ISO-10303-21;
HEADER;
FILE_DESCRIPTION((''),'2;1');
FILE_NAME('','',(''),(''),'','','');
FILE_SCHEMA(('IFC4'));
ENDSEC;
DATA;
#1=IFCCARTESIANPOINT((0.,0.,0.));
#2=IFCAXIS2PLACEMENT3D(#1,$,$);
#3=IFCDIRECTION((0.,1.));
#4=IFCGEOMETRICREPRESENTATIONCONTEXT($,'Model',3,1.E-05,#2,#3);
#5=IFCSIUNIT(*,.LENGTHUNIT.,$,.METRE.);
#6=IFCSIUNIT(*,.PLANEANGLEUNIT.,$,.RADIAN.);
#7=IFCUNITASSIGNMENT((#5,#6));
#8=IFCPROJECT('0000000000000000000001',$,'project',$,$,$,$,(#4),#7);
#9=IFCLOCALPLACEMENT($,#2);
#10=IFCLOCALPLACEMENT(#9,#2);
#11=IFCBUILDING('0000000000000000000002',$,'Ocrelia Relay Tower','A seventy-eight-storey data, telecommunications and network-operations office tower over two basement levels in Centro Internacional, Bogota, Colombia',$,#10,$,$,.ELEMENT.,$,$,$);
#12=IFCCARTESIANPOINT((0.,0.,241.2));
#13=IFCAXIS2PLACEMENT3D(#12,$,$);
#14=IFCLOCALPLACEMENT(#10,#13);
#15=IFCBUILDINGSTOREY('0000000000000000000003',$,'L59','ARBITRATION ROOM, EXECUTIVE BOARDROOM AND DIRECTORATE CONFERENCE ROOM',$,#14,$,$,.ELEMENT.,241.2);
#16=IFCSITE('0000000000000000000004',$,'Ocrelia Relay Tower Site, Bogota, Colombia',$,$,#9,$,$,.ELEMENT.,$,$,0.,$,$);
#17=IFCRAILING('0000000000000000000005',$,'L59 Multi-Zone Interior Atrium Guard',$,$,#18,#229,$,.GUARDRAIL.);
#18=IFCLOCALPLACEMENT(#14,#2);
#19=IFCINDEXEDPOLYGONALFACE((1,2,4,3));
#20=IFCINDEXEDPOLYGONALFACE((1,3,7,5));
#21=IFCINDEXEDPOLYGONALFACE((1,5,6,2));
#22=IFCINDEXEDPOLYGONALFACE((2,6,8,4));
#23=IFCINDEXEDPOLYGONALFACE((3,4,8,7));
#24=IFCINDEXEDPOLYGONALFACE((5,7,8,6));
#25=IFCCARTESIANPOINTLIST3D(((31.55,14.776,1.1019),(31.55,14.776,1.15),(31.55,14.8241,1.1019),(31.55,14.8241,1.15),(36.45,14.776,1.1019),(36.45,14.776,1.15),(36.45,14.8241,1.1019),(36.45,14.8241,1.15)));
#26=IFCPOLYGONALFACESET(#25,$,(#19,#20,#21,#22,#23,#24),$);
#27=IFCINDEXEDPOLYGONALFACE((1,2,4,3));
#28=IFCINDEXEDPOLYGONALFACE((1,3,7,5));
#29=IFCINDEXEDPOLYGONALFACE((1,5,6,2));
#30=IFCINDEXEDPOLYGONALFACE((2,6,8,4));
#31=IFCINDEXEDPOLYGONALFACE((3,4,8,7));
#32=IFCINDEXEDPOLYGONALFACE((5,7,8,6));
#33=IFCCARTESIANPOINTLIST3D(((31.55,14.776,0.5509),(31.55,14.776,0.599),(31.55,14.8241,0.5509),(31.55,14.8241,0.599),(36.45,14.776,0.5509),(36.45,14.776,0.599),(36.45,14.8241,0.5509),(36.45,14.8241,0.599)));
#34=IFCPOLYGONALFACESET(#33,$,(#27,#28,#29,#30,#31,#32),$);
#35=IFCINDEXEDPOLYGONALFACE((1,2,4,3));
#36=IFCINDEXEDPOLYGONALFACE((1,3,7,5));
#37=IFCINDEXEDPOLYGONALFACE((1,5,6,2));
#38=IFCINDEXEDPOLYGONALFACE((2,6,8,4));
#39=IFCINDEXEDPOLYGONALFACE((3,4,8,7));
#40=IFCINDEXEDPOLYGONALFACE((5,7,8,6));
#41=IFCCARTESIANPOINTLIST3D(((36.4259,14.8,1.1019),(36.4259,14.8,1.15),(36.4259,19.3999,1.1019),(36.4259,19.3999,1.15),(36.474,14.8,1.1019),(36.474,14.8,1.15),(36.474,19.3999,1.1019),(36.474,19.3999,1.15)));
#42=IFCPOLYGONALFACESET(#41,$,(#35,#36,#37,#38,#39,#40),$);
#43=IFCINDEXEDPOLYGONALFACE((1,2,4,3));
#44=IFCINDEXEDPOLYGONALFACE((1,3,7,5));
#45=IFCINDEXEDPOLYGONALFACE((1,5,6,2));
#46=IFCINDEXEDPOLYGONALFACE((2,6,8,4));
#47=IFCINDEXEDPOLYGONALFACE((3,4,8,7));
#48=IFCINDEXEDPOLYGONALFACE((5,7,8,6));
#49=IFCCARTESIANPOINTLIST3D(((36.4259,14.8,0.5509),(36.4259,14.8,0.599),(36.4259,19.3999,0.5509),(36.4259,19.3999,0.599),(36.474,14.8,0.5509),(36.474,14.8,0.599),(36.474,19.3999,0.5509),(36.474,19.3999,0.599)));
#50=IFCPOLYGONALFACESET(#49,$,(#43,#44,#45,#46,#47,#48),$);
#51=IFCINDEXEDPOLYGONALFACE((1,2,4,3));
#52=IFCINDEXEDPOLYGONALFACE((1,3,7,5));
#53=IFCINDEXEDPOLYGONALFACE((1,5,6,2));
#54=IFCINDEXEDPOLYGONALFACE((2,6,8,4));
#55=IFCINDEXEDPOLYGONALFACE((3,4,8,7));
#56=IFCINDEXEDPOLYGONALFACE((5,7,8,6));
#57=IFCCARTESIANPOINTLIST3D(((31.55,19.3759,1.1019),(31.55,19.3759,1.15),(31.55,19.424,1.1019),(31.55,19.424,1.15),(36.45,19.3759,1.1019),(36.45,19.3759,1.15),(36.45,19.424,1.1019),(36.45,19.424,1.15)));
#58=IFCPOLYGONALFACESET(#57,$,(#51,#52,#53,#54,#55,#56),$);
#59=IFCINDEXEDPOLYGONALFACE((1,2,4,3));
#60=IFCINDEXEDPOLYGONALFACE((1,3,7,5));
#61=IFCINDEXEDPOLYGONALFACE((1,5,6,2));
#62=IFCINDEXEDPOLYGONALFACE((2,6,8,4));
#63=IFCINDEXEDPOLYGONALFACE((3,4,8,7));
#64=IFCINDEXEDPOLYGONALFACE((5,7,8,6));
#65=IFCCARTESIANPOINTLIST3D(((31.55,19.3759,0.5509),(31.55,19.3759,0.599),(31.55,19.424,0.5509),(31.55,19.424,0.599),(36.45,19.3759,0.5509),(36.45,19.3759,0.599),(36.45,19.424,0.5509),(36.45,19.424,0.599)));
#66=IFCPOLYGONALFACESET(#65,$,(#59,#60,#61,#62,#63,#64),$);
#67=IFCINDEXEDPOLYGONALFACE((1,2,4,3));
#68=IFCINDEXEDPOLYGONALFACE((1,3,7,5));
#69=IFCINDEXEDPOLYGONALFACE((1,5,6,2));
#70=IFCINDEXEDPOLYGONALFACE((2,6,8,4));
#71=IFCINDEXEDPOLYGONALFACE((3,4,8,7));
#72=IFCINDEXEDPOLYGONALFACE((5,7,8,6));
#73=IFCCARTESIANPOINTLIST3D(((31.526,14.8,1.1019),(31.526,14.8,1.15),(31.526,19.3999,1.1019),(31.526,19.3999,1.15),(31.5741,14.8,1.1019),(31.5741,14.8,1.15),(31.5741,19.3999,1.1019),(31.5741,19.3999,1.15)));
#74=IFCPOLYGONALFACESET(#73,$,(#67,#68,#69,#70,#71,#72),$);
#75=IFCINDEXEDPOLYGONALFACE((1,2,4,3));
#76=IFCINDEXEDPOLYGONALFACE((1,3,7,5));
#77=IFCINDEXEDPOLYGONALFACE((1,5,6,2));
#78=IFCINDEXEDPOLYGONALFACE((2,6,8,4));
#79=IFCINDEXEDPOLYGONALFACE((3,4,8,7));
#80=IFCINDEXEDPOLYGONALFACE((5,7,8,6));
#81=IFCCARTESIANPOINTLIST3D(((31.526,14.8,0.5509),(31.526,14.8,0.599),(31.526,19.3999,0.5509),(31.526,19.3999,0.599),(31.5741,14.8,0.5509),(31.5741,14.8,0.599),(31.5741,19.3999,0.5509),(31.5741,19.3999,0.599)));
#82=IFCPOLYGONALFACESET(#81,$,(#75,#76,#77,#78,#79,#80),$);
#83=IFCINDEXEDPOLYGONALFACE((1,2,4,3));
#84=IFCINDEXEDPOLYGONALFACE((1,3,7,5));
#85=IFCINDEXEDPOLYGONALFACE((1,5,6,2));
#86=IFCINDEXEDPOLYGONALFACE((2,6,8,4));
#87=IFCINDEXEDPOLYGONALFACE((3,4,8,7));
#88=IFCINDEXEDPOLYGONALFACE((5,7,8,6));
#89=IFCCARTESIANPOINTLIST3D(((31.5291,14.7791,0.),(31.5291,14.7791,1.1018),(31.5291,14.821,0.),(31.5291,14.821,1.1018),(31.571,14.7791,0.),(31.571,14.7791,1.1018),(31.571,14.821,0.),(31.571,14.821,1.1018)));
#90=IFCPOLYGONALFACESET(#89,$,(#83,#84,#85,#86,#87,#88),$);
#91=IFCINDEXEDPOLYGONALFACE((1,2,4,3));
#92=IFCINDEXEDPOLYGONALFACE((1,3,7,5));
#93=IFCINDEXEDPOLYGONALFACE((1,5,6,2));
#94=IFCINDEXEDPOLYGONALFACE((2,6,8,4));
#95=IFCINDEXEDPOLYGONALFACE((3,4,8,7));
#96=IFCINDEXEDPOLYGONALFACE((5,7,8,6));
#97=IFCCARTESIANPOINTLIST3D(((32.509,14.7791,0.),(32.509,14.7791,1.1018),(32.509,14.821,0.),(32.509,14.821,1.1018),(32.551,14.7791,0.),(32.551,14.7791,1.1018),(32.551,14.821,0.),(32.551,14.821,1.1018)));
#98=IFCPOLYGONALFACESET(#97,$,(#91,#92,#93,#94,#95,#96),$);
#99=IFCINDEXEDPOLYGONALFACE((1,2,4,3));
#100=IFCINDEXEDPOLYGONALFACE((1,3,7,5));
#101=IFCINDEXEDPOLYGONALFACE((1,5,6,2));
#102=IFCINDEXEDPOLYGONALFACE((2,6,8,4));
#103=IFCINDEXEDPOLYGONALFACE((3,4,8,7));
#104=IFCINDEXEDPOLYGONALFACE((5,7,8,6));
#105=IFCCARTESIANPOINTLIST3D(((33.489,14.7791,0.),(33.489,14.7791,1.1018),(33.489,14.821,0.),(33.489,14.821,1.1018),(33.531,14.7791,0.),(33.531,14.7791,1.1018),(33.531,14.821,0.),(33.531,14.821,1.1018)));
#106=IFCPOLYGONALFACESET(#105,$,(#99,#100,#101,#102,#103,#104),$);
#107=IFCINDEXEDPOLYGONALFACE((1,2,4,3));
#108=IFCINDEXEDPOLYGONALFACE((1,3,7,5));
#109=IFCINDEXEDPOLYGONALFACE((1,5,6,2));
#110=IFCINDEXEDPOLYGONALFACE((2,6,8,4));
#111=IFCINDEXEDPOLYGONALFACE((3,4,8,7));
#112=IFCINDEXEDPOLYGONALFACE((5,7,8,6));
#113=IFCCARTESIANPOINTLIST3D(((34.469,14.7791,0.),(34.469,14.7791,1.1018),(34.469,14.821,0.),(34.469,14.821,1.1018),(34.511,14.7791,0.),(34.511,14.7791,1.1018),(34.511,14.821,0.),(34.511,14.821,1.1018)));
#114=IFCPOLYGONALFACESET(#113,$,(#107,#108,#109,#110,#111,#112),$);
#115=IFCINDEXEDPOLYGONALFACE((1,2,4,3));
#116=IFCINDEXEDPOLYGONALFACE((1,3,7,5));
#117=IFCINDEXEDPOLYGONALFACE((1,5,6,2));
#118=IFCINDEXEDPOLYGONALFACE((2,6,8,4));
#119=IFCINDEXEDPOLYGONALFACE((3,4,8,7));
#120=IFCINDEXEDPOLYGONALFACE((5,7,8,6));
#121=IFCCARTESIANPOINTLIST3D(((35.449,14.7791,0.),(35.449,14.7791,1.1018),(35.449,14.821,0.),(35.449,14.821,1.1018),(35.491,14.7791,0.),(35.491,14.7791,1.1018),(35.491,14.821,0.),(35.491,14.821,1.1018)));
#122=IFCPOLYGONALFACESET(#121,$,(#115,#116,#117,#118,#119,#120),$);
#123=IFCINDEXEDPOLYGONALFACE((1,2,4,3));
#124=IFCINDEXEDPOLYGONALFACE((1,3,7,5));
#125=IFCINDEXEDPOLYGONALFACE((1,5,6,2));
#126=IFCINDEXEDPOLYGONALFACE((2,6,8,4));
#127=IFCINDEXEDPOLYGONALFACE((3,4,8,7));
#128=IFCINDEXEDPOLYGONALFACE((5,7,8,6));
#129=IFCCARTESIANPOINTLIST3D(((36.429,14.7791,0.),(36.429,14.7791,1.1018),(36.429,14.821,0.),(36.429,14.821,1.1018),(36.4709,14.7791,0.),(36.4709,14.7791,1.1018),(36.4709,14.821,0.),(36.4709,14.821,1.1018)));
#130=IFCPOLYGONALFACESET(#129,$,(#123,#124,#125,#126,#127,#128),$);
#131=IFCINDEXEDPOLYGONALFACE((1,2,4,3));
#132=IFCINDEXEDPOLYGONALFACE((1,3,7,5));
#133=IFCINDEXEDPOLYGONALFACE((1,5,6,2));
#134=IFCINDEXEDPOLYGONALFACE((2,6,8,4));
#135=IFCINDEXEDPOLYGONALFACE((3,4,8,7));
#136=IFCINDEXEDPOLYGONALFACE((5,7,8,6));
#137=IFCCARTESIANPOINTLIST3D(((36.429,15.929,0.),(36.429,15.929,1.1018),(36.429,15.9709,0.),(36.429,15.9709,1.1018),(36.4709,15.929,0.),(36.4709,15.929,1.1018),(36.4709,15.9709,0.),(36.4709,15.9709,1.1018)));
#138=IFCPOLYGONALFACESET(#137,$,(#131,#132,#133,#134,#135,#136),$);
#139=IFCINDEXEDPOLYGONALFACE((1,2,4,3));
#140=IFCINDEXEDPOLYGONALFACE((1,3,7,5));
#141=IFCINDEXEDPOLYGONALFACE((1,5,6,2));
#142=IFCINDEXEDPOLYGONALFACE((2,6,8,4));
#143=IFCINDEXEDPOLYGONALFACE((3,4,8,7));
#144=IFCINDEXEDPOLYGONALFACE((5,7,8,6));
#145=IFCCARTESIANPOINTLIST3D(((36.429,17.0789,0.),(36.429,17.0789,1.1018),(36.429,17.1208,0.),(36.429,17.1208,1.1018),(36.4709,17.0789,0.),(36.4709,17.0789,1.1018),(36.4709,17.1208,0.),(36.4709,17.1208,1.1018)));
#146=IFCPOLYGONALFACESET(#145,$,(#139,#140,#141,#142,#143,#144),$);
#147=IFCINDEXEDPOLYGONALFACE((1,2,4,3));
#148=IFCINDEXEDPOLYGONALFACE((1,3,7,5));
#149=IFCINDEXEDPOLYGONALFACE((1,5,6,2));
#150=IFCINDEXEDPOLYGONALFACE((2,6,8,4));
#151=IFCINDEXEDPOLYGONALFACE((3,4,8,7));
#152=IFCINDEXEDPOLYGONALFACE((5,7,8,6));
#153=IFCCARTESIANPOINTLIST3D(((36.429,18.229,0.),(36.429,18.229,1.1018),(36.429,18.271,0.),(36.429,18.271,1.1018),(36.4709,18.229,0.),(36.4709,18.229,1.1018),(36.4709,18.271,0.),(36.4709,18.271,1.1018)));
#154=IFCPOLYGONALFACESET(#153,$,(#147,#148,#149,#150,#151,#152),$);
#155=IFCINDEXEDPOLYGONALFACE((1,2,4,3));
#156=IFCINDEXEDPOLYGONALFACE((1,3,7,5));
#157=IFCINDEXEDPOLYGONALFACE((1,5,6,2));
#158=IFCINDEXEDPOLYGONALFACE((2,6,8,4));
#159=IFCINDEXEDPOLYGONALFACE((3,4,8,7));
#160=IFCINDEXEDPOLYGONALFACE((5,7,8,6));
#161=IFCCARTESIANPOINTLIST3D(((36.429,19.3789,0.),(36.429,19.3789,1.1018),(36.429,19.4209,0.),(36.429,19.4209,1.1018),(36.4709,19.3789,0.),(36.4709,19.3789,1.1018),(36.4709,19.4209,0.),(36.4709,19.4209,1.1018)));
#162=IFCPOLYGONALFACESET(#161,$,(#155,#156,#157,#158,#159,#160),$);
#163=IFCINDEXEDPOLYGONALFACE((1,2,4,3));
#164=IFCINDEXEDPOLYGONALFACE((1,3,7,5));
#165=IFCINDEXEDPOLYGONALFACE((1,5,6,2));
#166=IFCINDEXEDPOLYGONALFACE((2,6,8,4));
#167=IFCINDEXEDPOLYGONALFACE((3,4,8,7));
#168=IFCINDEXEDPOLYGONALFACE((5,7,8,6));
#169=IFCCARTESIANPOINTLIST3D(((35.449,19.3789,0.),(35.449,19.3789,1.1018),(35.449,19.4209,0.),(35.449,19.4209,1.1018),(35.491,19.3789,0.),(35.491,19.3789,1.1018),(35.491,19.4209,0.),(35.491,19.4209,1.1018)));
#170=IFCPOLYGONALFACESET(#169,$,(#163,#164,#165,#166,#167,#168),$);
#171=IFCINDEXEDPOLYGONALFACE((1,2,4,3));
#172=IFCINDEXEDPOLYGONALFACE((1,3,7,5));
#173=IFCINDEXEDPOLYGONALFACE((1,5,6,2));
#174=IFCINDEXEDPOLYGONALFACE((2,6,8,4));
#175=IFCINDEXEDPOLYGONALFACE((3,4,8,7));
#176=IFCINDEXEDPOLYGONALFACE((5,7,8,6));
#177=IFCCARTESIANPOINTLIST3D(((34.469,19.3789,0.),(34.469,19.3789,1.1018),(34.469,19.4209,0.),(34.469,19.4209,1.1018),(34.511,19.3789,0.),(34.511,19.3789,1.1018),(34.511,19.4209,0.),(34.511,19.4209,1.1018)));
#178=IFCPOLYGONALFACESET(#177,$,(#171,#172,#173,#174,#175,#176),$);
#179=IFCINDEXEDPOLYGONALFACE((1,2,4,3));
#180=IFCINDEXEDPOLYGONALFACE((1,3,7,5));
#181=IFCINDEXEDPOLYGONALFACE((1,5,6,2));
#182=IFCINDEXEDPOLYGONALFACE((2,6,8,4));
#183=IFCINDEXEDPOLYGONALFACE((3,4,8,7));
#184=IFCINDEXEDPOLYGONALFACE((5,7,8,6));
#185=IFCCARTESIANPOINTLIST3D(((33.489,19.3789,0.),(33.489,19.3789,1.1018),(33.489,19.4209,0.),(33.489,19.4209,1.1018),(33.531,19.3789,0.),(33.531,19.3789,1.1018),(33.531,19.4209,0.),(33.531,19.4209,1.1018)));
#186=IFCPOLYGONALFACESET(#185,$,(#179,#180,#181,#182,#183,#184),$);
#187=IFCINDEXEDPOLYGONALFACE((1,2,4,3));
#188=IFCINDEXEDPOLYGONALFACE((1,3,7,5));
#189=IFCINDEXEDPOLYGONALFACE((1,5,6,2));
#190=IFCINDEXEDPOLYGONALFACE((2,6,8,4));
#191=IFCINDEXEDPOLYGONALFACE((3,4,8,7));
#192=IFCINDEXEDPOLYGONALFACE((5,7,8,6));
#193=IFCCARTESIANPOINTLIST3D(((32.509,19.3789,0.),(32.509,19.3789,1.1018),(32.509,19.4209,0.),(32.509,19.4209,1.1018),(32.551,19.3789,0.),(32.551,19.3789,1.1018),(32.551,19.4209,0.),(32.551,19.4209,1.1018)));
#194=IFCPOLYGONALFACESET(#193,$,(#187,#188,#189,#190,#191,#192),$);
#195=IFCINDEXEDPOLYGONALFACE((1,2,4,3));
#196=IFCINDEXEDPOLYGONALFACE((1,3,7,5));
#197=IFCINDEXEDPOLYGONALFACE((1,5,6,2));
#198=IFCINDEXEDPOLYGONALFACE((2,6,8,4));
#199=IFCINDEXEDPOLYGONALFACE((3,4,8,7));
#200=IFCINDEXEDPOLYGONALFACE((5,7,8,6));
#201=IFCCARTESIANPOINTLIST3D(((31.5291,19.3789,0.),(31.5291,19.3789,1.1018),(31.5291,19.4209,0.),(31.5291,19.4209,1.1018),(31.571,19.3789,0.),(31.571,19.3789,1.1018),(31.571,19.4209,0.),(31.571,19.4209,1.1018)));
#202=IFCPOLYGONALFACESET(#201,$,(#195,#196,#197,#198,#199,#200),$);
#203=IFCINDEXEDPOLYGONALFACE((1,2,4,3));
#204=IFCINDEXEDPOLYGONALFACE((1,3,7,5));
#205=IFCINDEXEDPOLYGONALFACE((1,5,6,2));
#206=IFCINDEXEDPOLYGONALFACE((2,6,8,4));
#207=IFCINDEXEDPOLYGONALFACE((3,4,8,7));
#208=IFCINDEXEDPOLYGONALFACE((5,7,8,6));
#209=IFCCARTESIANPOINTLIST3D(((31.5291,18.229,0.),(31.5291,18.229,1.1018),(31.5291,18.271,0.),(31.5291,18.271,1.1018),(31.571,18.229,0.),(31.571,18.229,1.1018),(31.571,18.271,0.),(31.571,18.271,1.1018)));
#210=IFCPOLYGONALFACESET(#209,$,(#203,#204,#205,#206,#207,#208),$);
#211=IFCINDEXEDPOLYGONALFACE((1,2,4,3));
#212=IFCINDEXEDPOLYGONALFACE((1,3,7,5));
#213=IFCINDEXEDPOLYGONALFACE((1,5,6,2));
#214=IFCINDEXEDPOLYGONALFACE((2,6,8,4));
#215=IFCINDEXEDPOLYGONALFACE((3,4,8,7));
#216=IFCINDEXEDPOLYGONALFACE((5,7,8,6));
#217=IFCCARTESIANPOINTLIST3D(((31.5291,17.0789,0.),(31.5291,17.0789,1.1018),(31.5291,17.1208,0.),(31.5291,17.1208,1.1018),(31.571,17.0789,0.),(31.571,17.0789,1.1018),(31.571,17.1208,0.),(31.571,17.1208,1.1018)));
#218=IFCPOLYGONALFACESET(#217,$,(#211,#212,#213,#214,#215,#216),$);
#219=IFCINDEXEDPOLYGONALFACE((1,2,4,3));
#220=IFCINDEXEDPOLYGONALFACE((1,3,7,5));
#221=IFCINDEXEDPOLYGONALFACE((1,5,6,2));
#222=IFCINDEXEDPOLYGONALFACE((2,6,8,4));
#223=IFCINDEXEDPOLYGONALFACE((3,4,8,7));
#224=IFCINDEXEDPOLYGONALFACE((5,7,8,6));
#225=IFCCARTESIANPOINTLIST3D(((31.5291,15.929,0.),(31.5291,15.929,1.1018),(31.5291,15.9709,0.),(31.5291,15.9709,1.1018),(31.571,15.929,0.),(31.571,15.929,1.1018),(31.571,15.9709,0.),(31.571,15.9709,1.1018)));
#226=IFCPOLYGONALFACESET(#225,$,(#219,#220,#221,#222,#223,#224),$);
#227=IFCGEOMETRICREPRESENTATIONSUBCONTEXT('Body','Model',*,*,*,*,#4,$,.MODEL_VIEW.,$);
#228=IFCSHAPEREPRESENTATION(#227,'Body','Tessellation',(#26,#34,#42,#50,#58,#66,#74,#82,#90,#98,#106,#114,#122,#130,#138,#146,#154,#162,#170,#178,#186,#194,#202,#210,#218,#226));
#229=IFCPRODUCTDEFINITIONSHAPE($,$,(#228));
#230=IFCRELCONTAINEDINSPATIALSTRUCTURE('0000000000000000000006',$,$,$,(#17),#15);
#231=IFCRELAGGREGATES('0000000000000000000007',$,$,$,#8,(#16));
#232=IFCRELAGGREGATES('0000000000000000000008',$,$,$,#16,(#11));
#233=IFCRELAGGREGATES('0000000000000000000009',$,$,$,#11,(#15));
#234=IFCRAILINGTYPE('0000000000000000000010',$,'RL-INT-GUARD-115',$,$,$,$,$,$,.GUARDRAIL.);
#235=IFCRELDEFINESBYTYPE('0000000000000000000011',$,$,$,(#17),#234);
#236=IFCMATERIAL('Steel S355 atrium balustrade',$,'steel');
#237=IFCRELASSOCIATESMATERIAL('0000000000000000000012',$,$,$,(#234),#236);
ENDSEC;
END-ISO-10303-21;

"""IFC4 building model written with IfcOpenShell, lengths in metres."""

from ifc_helpers import new_model, si_unit, direction, frame, origin, origin_2d, place, context, subcontext, project, spatial, rectangle, extrude, material, type_object, element, save


model = new_model("IFC4")

# Units and contexts
model_context = context("Model", 3, precision=1e-05, world=origin(), true_north=direction((0.0, 1.0)))
body_context = subcontext(model_context, "Body", "Model", "MODEL_VIEW")
ifc_project = project(units=[si_unit("LENGTHUNIT", "METRE"), si_unit("PLANEANGLEUNIT", "RADIAN")], contexts=[model_context])

# Site, building, storey
site_placement = place(None, origin())
site = spatial("IfcSite", under=ifc_project, at=site_placement, Name="Ocrelia Relay Tower Site, Bogota, Colombia", CompositionType="ELEMENT", RefElevation=0.0)
building_placement = place(site_placement, origin())
building = spatial("IfcBuilding", under=site, at=building_placement, Name="Ocrelia Relay Tower", Description="A seventy-eight-storey data, telecommunications and network-operations office tower over two basement levels in Centro Internacional, Bogota, Colombia", CompositionType="ELEMENT")
storey_placement = place(building_placement, frame((0.0, 0.0, 241.2)))
storey = spatial("IfcBuildingStorey", under=building, at=storey_placement, Name="L59", Description="ARBITRATION ROOM, EXECUTIVE BOARDROOM AND DIRECTORATE CONFERENCE ROOM", CompositionType="ELEMENT", Elevation=241.2)

# Railing
ifc_material_1 = material(Name="Steel S355 atrium balustrade", Category="steel")
railing_type = type_object("IfcRailingType", Name="RL-INT-GUARD-115", PredefinedType="GUARDRAIL", material=ifc_material_1)
railing_placement = place(storey_placement, frame((31.55, 14.8, 0.0)))
element("IfcRailing", 1, at=railing_placement, inside=storey, type_object=railing_type, Name="L59 Multi-Zone Interior Atrium Guard", PredefinedType="GUARDRAIL", context=body_context, shape_type="SweptSolid", body=[
    extrude(rectangle(XDim=0.0481, YDim=0.0481, at=origin_2d()), frame((0.0, 0.0, 1.126), z_axis=(1.0, 0.0, 0.0), x_axis=(0.0, 1.0, 0.0)), (0.0, 0.0, 1.0), 4.8999),
    extrude(rectangle(XDim=0.0481, YDim=0.0481, at=origin_2d()), frame((0.0, 0.0, 0.575), z_axis=(1.0, 0.0, 0.0), x_axis=(0.0, 1.0, 0.0)), (0.0, 0.0, 1.0), 4.8999),
    extrude(rectangle(XDim=0.0481, YDim=0.0481, at=origin_2d()), frame((4.8999, 0.0, 1.126), z_axis=(0.0, 1.0, 0.0), x_axis=(-1.0, 0.0, 0.0)), (0.0, 0.0, 1.0), 4.5999),
    extrude(rectangle(XDim=0.0481, YDim=0.0481, at=origin_2d()), frame((4.8999, 0.0, 0.575), z_axis=(0.0, 1.0, 0.0), x_axis=(-1.0, 0.0, 0.0)), (0.0, 0.0, 1.0), 4.5999),
    extrude(rectangle(XDim=0.0481, YDim=0.0481, at=origin_2d()), frame((4.8999, 4.5999, 1.126), z_axis=(-1.0, 0.0, 0.0), x_axis=(0.0, -1.0, 0.0)), (0.0, 0.0, 1.0), 4.8999),
    extrude(rectangle(XDim=0.0481, YDim=0.0481, at=origin_2d()), frame((4.8999, 4.5999, 0.575), z_axis=(-1.0, 0.0, 0.0), x_axis=(0.0, -1.0, 0.0)), (0.0, 0.0, 1.0), 4.8999),
    extrude(rectangle(XDim=0.0481, YDim=0.0481, at=origin_2d()), frame((0.0, 4.5999, 1.126), z_axis=(0.0, -1.0, 0.0), x_axis=(1.0, 0.0, 0.0)), (0.0, 0.0, 1.0), 4.5999),
    extrude(rectangle(XDim=0.0481, YDim=0.0481, at=origin_2d()), frame((0.0, 4.5999, 0.575), z_axis=(0.0, -1.0, 0.0), x_axis=(1.0, 0.0, 0.0)), (0.0, 0.0, 1.0), 4.5999),
    extrude(rectangle(XDim=0.042, YDim=0.042, at=origin_2d()), origin(), (0.0, 0.0, 1.0), 1.1018),
    extrude(rectangle(XDim=0.042, YDim=0.042, at=origin_2d()), frame((0.98, 0.0, 0.0)), (0.0, 0.0, 1.0), 1.1018),
    extrude(rectangle(XDim=0.042, YDim=0.042, at=origin_2d()), frame((1.96, 0.0, 0.0)), (0.0, 0.0, 1.0), 1.1018),
    extrude(rectangle(XDim=0.042, YDim=0.042, at=origin_2d()), frame((2.9399, 0.0, 0.0)), (0.0, 0.0, 1.0), 1.1018),
    extrude(rectangle(XDim=0.042, YDim=0.042, at=origin_2d()), frame((3.9199, 0.0, 0.0)), (0.0, 0.0, 1.0), 1.1018),
    extrude(rectangle(XDim=0.042, YDim=0.042, at=origin_2d()), frame((4.8999, 0.0, 0.0)), (0.0, 0.0, 1.0), 1.1018),
    extrude(rectangle(XDim=0.042, YDim=0.042, at=origin_2d()), frame((4.8999, 1.1499, 0.0)), (0.0, 0.0, 1.0), 1.1018),
    extrude(rectangle(XDim=0.042, YDim=0.042, at=origin_2d()), frame((4.8999, 2.2998, 0.0)), (0.0, 0.0, 1.0), 1.1018),
    extrude(rectangle(XDim=0.042, YDim=0.042, at=origin_2d()), frame((4.8999, 3.45, 0.0)), (0.0, 0.0, 1.0), 1.1018),
    extrude(rectangle(XDim=0.042, YDim=0.042, at=origin_2d()), frame((4.8999, 4.5999, 0.0)), (0.0, 0.0, 1.0), 1.1018),
    extrude(rectangle(XDim=0.042, YDim=0.042, at=origin_2d()), frame((3.9199, 4.5999, 0.0)), (0.0, 0.0, 1.0), 1.1018),
    extrude(rectangle(XDim=0.042, YDim=0.042, at=origin_2d()), frame((2.9399, 4.5999, 0.0)), (0.0, 0.0, 1.0), 1.1018),
    extrude(rectangle(XDim=0.042, YDim=0.042, at=origin_2d()), frame((1.96, 4.5999, 0.0)), (0.0, 0.0, 1.0), 1.1018),
    extrude(rectangle(XDim=0.042, YDim=0.042, at=origin_2d()), frame((0.98, 4.5999, 0.0)), (0.0, 0.0, 1.0), 1.1018),
    extrude(rectangle(XDim=0.042, YDim=0.042, at=origin_2d()), frame((0.0, 4.5999, 0.0)), (0.0, 0.0, 1.0), 1.1018),
    extrude(rectangle(XDim=0.042, YDim=0.042, at=origin_2d()), frame((0.0, 3.45, 0.0)), (0.0, 0.0, 1.0), 1.1018),
    extrude(rectangle(XDim=0.042, YDim=0.042, at=origin_2d()), frame((0.0, 2.2998, 0.0)), (0.0, 0.0, 1.0), 1.1018),
    extrude(rectangle(XDim=0.042, YDim=0.042, at=origin_2d()), frame((0.0, 1.1499, 0.0)), (0.0, 0.0, 1.0), 1.1018),
])

save(model, "model.ifc")
